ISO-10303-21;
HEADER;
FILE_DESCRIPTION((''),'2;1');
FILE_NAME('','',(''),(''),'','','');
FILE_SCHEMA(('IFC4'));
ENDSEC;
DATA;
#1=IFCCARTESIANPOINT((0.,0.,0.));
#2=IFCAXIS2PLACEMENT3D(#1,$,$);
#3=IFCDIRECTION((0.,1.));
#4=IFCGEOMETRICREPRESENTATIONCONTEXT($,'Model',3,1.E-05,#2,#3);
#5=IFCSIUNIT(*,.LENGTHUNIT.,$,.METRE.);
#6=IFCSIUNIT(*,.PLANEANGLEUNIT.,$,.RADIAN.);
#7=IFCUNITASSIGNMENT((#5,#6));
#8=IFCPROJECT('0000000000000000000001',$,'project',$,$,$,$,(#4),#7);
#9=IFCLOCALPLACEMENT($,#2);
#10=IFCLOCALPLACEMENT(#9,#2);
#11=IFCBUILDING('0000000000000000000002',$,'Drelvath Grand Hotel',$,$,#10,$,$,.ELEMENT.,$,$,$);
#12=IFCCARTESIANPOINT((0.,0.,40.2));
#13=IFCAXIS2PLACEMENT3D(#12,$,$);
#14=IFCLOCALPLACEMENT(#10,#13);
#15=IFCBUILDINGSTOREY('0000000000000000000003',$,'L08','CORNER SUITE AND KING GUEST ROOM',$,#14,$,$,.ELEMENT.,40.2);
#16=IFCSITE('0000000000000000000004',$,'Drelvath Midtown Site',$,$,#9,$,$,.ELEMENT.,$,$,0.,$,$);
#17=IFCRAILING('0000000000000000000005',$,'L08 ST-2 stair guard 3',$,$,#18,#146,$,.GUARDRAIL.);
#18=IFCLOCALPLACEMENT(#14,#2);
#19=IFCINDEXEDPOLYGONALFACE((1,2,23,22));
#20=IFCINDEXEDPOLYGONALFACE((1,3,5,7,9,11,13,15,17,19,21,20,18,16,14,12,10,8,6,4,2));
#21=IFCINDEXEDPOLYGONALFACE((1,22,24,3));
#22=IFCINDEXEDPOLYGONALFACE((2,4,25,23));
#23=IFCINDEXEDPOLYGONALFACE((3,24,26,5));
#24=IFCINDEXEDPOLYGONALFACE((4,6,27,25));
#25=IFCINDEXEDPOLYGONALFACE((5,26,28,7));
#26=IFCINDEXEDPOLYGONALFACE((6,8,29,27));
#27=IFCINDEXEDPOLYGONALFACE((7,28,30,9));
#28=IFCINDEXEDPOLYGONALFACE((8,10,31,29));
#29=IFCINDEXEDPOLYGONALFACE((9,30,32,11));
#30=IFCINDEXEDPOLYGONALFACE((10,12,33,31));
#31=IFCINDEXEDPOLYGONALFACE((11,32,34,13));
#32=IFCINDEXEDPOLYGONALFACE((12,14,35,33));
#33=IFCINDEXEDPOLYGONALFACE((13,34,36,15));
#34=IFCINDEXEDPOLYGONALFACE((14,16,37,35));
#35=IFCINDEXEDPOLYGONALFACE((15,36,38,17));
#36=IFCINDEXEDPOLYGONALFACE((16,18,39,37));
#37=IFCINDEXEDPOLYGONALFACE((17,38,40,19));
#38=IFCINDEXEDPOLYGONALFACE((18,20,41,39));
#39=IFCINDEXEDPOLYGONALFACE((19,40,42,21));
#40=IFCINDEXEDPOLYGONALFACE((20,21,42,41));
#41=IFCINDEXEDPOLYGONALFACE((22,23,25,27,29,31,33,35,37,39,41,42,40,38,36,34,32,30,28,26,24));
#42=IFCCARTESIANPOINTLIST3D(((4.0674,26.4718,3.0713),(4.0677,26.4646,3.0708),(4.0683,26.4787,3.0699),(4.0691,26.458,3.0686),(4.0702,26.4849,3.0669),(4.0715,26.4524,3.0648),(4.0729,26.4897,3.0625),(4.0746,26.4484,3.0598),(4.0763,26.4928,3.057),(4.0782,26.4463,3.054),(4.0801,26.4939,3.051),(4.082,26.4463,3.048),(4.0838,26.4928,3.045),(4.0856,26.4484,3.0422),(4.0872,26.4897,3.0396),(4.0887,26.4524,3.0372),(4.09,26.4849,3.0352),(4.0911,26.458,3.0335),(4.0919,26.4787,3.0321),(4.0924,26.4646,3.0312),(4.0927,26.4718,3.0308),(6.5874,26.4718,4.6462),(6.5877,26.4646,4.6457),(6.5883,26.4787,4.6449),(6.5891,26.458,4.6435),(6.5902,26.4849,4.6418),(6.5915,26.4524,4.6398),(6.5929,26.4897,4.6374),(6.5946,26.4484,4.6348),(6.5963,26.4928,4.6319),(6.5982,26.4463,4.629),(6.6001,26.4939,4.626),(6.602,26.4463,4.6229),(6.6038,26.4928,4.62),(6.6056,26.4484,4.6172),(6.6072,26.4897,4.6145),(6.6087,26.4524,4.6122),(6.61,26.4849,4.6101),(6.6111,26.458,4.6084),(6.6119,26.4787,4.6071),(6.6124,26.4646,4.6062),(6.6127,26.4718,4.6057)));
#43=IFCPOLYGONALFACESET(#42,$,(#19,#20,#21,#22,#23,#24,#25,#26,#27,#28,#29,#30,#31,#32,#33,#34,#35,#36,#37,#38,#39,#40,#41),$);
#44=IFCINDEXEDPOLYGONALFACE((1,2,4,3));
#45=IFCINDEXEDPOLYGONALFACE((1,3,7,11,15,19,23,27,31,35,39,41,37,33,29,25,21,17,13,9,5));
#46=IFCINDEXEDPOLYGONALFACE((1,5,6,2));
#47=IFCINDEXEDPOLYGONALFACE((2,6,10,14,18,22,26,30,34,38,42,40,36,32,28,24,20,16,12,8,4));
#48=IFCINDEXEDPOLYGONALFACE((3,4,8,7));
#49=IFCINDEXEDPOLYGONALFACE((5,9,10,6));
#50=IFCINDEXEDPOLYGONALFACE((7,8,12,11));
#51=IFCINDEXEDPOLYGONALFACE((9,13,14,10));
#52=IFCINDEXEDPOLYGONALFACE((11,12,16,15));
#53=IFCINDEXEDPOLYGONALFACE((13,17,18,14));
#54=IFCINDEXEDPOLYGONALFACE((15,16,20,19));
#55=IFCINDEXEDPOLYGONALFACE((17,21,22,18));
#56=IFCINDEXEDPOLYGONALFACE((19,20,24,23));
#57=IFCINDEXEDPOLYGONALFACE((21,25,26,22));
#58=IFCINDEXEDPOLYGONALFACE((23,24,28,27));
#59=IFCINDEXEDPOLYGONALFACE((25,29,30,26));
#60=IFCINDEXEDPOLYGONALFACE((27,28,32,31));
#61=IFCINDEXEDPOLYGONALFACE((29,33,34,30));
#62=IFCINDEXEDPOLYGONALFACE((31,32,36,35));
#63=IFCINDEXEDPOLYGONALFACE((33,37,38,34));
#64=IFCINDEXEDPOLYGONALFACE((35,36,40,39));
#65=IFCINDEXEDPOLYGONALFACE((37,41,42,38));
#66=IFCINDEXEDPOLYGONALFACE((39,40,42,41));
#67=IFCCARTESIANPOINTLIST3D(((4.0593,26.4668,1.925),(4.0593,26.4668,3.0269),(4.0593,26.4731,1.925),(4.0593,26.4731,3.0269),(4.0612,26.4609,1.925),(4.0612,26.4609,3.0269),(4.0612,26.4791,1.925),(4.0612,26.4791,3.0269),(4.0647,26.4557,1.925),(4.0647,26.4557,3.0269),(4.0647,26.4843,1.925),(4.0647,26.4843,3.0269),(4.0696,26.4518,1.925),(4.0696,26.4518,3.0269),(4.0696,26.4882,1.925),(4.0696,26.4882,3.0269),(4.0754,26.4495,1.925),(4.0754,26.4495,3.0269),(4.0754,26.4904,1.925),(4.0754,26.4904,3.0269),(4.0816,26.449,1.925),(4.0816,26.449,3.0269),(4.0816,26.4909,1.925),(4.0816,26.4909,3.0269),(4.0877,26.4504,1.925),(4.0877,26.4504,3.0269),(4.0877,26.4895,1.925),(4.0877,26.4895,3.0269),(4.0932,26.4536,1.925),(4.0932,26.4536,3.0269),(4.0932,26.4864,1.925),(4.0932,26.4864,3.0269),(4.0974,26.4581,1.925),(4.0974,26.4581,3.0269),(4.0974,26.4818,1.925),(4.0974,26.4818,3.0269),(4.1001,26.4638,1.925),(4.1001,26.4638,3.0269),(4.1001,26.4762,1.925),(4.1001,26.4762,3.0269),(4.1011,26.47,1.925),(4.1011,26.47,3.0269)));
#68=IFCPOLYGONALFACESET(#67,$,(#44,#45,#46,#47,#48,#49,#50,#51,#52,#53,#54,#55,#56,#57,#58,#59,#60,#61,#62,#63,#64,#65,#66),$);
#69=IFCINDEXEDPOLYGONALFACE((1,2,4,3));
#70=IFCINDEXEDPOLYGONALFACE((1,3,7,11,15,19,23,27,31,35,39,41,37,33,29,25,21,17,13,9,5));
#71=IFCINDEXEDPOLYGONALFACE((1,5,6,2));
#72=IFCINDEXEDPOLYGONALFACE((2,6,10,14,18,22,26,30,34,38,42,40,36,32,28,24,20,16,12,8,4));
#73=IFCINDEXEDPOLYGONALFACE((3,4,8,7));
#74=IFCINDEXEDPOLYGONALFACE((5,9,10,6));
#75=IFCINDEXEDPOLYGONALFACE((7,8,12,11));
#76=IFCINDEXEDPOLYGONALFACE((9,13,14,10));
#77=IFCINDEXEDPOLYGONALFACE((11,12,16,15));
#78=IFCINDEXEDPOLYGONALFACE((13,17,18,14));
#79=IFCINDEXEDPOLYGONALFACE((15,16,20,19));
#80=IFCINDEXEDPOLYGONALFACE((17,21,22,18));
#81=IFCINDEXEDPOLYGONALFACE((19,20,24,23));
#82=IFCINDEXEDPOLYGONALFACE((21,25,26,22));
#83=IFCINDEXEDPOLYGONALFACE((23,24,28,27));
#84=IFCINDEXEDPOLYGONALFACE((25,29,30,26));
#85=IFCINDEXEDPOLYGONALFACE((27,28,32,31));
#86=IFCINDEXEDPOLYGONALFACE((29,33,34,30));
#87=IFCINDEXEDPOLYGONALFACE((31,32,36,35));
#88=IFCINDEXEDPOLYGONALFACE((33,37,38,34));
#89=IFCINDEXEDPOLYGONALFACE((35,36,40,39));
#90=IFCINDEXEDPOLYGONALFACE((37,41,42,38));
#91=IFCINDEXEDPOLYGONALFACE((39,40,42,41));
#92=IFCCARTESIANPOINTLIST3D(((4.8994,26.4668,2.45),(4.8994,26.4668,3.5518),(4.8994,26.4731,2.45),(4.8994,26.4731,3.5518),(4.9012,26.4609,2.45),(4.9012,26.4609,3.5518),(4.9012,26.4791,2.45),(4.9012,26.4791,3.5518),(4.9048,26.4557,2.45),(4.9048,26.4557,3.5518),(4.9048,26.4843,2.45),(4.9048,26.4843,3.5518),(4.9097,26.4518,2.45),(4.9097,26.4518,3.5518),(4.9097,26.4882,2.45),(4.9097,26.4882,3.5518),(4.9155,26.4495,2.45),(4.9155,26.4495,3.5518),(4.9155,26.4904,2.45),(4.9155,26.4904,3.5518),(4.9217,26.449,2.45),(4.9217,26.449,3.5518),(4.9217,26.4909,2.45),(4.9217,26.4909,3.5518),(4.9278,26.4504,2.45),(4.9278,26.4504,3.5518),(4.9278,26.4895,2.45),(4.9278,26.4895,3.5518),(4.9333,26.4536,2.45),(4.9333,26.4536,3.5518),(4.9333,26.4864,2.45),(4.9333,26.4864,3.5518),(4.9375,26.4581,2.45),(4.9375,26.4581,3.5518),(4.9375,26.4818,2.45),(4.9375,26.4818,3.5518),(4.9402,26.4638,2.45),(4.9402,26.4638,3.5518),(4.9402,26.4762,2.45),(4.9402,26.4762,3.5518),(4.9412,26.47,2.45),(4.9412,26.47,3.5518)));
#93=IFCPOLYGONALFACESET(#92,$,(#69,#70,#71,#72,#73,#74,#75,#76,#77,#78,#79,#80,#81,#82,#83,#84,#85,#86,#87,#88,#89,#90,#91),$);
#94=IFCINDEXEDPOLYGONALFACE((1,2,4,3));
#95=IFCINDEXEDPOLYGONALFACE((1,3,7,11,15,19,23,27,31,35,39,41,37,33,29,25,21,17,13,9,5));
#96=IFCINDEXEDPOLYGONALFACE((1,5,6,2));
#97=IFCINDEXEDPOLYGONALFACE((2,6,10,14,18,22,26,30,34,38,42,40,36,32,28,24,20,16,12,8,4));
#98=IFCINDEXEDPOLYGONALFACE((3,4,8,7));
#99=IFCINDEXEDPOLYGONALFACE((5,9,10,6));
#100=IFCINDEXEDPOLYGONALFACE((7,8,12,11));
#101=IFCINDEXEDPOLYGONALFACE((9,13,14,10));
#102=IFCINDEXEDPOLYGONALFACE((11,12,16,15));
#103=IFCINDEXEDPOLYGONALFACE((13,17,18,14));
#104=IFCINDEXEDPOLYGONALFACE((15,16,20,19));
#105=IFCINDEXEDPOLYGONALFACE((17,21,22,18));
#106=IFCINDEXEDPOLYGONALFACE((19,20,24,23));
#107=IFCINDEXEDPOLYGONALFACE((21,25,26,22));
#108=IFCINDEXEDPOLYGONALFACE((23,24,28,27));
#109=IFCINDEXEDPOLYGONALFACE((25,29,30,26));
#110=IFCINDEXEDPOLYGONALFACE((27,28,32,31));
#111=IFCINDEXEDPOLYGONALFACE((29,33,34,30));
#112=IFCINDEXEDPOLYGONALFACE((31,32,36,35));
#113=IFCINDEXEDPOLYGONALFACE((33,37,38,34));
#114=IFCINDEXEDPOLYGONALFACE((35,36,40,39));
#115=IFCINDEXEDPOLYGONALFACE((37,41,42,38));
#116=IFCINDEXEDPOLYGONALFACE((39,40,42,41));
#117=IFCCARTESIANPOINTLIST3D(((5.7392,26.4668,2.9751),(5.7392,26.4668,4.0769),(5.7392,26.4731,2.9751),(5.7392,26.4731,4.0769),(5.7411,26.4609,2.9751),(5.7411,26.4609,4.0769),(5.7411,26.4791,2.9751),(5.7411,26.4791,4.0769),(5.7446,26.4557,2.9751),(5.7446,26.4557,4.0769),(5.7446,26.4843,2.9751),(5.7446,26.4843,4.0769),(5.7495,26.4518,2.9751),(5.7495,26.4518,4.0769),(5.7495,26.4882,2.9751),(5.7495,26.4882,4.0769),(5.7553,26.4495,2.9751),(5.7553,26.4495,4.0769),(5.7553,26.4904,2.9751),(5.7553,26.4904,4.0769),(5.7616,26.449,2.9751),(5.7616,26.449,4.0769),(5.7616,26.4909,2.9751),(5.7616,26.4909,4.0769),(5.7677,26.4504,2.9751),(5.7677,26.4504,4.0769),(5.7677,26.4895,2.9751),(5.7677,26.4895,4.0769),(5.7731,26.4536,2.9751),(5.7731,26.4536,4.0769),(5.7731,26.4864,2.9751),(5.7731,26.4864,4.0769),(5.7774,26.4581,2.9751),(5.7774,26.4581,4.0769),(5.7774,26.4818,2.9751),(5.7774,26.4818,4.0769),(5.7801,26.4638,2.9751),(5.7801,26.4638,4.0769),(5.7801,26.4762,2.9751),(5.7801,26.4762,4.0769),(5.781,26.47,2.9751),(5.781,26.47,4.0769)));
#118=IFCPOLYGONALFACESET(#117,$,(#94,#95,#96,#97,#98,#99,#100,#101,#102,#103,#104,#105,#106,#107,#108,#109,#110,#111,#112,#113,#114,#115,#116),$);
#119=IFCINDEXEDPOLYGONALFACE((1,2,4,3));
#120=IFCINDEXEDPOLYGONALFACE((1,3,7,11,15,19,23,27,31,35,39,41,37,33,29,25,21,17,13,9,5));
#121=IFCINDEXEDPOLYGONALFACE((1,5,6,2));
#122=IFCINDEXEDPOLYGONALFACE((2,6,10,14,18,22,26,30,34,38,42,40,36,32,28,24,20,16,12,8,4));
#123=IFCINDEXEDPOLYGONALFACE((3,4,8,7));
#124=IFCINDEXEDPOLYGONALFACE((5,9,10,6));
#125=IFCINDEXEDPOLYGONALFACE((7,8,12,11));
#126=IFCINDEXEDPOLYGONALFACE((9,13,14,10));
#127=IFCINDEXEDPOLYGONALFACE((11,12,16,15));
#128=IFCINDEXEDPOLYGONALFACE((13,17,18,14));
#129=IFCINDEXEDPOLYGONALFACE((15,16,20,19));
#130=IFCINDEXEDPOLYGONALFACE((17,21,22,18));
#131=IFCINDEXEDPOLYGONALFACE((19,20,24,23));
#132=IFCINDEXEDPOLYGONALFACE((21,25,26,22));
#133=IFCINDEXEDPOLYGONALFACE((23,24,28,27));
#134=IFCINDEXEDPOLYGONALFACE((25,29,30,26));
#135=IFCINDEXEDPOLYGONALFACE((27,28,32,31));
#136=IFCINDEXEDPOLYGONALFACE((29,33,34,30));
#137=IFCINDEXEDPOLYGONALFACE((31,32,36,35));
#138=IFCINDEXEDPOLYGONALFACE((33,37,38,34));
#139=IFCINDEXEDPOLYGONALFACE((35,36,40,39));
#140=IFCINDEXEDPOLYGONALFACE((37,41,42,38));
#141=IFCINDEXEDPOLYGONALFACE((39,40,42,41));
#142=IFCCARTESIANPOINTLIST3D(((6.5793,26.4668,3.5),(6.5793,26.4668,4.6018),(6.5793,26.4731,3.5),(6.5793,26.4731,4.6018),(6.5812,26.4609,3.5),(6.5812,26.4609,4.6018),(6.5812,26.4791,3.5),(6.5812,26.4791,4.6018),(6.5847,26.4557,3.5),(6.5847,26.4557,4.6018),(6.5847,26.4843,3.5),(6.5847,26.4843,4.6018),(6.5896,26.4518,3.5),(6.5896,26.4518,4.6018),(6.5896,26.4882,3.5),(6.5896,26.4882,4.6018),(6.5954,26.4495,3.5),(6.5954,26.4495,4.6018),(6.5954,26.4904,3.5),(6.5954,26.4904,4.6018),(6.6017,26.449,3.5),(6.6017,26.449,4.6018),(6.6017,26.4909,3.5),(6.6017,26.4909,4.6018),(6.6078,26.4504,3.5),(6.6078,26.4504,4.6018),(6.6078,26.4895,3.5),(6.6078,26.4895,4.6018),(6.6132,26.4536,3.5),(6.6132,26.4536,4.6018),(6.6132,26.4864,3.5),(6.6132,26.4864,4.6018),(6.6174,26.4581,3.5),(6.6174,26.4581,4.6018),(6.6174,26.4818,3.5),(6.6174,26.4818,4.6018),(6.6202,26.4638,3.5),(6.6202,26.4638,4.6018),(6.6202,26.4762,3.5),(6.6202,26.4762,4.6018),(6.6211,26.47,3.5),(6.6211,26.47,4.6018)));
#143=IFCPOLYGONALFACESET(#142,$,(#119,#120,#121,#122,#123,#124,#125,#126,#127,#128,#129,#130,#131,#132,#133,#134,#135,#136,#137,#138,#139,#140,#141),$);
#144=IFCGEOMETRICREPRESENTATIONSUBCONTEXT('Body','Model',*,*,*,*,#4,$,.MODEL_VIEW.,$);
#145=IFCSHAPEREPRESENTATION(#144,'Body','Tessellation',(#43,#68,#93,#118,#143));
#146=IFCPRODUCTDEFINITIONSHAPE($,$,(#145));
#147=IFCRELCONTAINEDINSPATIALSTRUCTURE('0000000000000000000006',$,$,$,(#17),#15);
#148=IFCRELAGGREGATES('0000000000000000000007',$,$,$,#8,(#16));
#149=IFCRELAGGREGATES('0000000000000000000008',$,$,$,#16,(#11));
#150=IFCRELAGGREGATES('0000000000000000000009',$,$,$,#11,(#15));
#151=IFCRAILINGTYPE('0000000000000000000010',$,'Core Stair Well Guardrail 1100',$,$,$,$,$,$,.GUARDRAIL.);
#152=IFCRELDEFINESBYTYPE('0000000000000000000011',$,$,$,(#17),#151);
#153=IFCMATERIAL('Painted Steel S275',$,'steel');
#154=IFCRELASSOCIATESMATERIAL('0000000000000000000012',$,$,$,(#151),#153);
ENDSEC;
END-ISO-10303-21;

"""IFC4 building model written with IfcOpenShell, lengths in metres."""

from ifc_helpers import new_model, si_unit, direction, frame, origin, origin_2d, place, context, subcontext, project, spatial, circle, extrude, material, type_object, element, save


model = new_model("IFC4")

# Units and contexts
model_context = context("Model", 3, precision=1e-05, world=origin(), true_north=direction((0.0, 1.0)))
body_context = subcontext(model_context, "Body", "Model", "MODEL_VIEW")
ifc_project = project(units=[si_unit("LENGTHUNIT", "METRE"), si_unit("PLANEANGLEUNIT", "RADIAN")], contexts=[model_context])

# Site, building, storey
site_placement = place(None, origin())
site = spatial("IfcSite", under=ifc_project, at=site_placement, Name="Drelvath Midtown Site", CompositionType="ELEMENT", RefElevation=0.0)
building_placement = place(site_placement, origin())
building = spatial("IfcBuilding", under=site, at=building_placement, Name="Drelvath Grand Hotel", CompositionType="ELEMENT")
storey_placement = place(building_placement, frame((0.0, 0.0, 40.2)))
storey = spatial("IfcBuildingStorey", under=building, at=storey_placement, Name="L08", Description="CORNER SUITE AND KING GUEST ROOM", CompositionType="ELEMENT", Elevation=40.2)

# Shared definitions
ifc_material_1 = material(Name="Painted Steel S275", Category="steel")

# Railing
railing_type_1 = type_object("IfcRailingType", Name="Core Stair Well Guardrail 1100", PredefinedType="GUARDRAIL", material=ifc_material_1)
railing_1_placement = place(storey_placement, frame((4.0801, 26.47, 1.925)))
element("IfcRailing", 1, at=railing_1_placement, inside=storey, type_object=railing_type_1, Name="L08 ST-2 stair guard 3", PredefinedType="GUARDRAIL", context=body_context, shape_type="SweptSolid", body=[
    extrude(circle(Radius=0.0239, at=origin_2d()), frame((0.0, 0.0, 1.126), z_axis=(0.848008, 0.0, 0.529984), x_axis=(0.0, 1.0, 0.0)), (0.0, 0.0, 1.0), 2.9717),
    extrude(circle(Radius=0.021, at=origin_2d()), origin(), (0.0, 0.0, 1.0), 1.1018),
    extrude(circle(Radius=0.021, at=origin_2d()), frame((0.8401, 0.0, 0.5249)), (0.0, 0.0, 1.0), 1.1018),
    extrude(circle(Radius=0.021, at=origin_2d()), frame((1.6799, 0.0, 1.05)), (0.0, 0.0, 1.0), 1.1018),
    extrude(circle(Radius=0.021, at=origin_2d()), frame((2.52, 0.0, 1.575)), (0.0, 0.0, 1.0), 1.1018),
])

save(model, "model.ifc")
